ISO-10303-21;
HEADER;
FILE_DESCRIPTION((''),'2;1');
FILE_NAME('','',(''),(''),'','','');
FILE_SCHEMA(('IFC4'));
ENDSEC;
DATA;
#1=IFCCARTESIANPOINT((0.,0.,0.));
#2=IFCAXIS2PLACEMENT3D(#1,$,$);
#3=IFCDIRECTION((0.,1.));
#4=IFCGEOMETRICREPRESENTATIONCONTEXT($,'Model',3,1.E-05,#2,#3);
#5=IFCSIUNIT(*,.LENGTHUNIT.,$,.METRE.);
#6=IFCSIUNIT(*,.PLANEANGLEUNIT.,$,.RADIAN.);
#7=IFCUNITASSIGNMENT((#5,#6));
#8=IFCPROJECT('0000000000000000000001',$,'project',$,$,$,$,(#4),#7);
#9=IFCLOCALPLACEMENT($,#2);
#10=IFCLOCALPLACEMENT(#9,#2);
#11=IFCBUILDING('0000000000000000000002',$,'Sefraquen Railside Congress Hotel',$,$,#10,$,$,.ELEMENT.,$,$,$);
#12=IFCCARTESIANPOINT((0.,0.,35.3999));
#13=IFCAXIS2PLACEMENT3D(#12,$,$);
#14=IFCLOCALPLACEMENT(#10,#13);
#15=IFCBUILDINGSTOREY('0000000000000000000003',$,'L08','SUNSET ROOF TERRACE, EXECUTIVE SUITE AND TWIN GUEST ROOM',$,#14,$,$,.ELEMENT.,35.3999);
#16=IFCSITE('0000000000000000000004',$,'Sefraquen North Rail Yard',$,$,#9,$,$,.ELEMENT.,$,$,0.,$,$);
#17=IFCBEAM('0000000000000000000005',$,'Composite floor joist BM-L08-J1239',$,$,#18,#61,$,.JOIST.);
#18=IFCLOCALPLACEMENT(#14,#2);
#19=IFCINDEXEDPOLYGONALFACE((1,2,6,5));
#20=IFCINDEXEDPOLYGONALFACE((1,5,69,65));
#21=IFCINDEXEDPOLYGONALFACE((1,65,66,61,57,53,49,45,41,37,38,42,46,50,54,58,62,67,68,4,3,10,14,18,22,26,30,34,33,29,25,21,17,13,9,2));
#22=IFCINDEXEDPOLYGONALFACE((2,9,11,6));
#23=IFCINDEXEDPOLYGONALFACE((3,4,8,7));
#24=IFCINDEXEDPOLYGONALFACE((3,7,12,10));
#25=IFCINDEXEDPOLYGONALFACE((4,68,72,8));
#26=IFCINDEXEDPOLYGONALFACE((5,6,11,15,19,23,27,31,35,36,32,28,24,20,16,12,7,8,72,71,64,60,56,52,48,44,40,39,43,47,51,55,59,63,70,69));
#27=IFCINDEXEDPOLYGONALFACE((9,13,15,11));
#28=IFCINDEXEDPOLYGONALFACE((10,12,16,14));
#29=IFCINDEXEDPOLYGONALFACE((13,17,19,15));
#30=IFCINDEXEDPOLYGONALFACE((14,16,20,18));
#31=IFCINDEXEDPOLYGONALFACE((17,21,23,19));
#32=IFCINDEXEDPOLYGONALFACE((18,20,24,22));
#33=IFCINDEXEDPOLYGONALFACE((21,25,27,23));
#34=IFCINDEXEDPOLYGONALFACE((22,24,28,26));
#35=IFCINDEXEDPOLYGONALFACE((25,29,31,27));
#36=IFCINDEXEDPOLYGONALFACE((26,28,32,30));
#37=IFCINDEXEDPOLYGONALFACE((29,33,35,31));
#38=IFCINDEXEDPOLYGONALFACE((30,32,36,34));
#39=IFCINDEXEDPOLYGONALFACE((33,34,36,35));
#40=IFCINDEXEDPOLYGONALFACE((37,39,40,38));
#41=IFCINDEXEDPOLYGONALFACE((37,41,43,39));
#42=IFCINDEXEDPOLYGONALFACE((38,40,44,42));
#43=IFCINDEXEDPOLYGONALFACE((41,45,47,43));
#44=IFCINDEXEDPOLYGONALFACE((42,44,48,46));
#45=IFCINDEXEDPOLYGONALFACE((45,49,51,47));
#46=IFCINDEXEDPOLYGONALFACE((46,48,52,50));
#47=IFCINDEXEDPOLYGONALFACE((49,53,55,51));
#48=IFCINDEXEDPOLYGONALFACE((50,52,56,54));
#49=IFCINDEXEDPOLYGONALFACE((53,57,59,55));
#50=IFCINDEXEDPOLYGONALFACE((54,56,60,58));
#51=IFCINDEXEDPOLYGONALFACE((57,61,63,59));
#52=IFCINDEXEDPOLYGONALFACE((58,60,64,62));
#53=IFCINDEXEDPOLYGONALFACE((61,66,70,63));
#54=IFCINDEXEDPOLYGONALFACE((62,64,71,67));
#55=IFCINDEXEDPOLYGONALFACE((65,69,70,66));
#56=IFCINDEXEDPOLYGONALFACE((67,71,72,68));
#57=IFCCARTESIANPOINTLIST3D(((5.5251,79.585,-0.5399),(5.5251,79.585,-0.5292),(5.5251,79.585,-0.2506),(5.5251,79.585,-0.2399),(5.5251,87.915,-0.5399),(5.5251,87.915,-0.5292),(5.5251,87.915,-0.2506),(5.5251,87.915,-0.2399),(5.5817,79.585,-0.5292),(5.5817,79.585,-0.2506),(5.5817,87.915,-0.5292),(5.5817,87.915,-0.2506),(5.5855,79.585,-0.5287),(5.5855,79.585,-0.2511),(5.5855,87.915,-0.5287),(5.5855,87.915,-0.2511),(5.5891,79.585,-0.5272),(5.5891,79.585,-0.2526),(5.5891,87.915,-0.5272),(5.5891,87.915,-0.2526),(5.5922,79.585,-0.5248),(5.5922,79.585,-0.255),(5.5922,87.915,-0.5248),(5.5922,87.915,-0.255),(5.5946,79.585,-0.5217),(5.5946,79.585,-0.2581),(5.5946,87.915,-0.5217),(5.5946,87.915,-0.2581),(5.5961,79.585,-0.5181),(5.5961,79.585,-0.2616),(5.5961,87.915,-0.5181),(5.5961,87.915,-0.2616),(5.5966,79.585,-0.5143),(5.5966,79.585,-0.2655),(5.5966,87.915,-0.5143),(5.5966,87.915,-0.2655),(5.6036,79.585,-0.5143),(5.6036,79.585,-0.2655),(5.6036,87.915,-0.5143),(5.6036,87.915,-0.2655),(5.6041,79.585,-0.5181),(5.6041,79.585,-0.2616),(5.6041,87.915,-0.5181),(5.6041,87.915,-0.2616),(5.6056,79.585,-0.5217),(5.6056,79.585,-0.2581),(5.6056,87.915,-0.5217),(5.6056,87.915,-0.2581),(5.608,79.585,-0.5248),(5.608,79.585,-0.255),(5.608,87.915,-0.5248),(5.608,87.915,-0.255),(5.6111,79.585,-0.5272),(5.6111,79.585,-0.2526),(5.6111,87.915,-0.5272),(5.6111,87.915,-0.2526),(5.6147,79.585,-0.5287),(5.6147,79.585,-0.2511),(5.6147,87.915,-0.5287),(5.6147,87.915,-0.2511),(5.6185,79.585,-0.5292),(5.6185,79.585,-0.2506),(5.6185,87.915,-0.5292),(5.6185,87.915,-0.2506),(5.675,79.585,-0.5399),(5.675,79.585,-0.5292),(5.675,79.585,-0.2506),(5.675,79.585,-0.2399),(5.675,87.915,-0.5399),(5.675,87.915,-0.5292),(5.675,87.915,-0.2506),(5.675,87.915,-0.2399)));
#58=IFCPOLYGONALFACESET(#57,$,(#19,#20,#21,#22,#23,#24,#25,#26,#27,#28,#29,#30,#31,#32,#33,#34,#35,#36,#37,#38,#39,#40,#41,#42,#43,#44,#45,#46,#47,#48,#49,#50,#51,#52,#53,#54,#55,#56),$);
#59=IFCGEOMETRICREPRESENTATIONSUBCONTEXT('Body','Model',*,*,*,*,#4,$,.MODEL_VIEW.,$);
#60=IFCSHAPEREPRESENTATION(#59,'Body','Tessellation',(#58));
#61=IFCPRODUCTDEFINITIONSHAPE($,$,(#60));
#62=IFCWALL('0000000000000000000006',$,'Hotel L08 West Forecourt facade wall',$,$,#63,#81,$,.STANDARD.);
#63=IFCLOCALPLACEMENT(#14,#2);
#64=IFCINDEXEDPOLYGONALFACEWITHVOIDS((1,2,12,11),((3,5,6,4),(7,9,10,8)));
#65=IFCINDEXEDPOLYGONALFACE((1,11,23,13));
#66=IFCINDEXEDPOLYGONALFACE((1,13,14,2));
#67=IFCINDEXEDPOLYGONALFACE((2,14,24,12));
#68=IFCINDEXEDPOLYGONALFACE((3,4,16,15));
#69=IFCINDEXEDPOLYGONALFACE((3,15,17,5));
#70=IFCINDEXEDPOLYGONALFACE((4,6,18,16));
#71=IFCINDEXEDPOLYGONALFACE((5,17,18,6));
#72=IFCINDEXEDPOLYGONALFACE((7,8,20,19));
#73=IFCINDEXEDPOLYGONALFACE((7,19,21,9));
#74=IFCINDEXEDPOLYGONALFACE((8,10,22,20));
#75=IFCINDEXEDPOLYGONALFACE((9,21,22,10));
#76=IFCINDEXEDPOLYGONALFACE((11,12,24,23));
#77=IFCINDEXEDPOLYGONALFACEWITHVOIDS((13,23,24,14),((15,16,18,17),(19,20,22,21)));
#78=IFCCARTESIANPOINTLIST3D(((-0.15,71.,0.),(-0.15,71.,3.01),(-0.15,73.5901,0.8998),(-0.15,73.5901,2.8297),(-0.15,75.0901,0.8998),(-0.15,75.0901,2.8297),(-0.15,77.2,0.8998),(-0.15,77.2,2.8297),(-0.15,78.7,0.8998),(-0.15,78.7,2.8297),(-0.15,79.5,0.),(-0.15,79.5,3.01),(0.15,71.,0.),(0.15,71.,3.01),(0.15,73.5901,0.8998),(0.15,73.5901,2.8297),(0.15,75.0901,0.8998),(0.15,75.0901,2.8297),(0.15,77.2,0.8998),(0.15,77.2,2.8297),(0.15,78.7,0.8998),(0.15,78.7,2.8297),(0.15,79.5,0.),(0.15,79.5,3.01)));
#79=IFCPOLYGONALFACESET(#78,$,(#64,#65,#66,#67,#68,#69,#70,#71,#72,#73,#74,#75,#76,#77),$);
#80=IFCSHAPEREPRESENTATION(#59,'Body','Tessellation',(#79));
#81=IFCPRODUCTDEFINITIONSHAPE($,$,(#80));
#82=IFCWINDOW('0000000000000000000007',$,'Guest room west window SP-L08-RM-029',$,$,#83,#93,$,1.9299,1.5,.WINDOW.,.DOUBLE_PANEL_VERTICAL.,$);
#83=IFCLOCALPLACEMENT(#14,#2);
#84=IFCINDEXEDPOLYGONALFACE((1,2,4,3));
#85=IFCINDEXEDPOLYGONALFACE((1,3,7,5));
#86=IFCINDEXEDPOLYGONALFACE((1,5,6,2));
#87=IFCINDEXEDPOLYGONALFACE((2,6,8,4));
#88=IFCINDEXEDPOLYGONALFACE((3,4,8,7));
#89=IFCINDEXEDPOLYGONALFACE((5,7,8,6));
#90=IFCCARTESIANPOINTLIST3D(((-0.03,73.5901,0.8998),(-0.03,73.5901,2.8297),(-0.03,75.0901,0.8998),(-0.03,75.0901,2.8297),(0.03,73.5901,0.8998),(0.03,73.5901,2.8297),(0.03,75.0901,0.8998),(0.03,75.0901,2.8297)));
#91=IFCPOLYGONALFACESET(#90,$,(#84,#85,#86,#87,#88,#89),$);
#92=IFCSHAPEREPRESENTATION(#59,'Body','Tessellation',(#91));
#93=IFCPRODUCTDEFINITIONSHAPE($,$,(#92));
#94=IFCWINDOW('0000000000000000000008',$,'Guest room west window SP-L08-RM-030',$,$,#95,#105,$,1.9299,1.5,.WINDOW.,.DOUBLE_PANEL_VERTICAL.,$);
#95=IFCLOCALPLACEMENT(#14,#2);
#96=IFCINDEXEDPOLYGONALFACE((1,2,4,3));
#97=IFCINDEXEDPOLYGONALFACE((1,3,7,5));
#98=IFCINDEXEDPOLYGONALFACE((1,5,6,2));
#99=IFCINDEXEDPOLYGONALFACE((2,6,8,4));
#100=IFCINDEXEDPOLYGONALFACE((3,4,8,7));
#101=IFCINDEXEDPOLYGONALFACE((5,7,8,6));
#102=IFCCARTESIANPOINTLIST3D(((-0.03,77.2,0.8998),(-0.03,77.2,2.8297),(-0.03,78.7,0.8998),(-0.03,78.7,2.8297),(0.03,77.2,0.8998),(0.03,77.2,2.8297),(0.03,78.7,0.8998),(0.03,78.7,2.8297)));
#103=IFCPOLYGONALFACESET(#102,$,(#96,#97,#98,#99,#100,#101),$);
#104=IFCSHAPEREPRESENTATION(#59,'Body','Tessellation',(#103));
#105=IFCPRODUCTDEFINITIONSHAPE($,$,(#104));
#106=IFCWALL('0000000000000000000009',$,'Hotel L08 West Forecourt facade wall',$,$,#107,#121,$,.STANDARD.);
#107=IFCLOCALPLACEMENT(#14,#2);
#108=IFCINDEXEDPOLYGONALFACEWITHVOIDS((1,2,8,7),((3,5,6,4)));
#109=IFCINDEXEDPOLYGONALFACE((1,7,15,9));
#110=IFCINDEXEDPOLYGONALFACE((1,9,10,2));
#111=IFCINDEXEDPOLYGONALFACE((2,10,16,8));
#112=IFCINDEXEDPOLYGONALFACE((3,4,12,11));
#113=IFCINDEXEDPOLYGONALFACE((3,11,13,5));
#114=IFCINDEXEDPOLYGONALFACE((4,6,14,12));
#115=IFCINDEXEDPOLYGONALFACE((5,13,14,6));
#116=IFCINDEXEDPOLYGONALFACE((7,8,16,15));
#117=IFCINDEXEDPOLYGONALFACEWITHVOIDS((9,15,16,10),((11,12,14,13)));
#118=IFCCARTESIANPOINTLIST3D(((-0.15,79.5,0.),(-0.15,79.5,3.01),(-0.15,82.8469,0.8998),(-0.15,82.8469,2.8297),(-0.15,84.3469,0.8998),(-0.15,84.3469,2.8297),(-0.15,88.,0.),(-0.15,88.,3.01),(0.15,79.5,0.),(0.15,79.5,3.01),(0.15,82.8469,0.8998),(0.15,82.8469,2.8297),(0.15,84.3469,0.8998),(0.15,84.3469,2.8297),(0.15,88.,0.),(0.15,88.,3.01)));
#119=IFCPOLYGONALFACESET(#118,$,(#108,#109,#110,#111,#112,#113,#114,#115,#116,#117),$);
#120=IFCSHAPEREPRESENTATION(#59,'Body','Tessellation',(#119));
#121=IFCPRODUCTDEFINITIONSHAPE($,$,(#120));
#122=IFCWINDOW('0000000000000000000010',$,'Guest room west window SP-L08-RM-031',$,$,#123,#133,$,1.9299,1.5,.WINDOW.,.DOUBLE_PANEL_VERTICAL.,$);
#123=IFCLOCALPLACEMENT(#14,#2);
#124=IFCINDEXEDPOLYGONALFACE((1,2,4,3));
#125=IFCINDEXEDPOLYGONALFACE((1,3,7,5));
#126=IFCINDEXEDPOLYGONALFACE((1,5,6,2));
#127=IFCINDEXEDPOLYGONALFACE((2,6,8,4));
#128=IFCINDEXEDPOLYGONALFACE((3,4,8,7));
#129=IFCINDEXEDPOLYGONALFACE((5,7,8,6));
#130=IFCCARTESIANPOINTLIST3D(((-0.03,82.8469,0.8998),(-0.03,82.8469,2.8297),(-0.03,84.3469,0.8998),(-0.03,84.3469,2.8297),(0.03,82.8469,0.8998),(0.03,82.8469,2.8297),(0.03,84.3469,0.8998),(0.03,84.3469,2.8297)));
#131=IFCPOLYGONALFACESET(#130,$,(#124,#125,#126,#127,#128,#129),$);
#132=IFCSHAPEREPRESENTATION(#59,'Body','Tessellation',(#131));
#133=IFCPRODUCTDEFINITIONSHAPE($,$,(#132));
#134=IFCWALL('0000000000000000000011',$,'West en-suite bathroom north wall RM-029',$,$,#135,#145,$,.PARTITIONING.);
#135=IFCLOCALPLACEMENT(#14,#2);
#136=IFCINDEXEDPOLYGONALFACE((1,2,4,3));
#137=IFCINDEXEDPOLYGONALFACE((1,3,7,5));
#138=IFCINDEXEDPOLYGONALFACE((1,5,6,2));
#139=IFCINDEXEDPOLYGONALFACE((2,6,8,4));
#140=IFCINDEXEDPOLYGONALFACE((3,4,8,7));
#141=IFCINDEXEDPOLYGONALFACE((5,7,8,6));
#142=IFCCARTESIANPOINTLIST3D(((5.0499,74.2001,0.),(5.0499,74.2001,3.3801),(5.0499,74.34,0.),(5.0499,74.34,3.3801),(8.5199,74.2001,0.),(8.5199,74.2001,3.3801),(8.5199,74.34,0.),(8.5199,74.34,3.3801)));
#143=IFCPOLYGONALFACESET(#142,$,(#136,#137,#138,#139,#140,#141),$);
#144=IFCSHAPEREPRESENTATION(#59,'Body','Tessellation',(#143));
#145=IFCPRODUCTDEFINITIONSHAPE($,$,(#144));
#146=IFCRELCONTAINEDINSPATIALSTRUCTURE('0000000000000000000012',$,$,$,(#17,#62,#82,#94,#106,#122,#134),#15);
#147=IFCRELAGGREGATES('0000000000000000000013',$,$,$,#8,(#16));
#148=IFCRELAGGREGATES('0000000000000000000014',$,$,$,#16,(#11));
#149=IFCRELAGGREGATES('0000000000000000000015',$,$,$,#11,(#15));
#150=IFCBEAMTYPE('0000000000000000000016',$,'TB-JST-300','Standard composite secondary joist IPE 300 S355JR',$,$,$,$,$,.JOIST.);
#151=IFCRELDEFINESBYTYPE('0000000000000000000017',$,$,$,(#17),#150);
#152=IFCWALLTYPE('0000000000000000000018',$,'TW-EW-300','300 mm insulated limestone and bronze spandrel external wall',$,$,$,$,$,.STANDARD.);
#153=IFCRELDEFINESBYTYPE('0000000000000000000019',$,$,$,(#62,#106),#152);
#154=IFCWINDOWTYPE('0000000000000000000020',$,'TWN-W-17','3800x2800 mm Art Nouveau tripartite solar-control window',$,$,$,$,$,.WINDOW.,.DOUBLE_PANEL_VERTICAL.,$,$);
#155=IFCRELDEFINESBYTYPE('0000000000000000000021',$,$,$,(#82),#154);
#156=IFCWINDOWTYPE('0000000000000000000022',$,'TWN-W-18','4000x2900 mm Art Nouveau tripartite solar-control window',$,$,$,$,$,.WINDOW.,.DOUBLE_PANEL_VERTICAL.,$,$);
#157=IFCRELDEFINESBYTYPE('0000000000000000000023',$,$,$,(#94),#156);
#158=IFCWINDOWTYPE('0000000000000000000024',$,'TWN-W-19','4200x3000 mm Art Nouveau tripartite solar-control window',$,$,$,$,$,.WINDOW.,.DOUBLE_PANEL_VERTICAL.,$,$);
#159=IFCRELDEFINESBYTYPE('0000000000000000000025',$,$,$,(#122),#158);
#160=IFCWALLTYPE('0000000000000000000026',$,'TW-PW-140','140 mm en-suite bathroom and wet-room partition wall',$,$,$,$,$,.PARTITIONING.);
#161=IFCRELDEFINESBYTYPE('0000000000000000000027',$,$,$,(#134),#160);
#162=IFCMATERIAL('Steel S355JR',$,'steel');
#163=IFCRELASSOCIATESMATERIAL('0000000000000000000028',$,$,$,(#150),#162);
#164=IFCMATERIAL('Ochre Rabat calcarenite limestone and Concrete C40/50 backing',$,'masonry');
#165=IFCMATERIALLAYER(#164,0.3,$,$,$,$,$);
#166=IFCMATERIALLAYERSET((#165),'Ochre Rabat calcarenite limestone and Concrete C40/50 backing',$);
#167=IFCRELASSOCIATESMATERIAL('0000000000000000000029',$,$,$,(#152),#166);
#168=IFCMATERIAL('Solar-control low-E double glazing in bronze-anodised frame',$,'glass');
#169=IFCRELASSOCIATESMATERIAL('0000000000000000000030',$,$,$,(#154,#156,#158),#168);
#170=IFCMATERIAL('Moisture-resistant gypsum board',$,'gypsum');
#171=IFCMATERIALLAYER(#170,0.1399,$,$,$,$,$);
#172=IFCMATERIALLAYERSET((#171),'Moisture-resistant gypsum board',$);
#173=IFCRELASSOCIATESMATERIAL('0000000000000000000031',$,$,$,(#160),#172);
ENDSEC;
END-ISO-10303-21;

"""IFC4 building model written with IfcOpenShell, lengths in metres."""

from ifc_helpers import new_model, si_unit, direction, frame, frame_2d, origin, origin_2d, place, context, subcontext, project, spatial, rectangle, i_section, extrude, material, layer, layer_set, material_profile, profile_set, type_object, element, fill, save


model = new_model("IFC4")

# Units and contexts
model_context = context("Model", 3, precision=1e-05, world=origin(), true_north=direction((0.0, 1.0)))
body_context = subcontext(model_context, "Body", "Model", "MODEL_VIEW")
ifc_project = project(units=[si_unit("LENGTHUNIT", "METRE"), si_unit("PLANEANGLEUNIT", "RADIAN")], contexts=[model_context])

# Site, building, storey
site_placement = place(None, origin())
site = spatial("IfcSite", under=ifc_project, at=site_placement, Name="Sefraquen North Rail Yard", CompositionType="ELEMENT", RefElevation=0.0)
building_placement = place(site_placement, origin())
building = spatial("IfcBuilding", under=site, at=building_placement, Name="Sefraquen Railside Congress Hotel", CompositionType="ELEMENT")
storey_placement = place(building_placement, frame((0.0, 0.0, 35.3999)))
storey = spatial("IfcBuildingStorey", under=building, at=storey_placement, Name="L08", Description="SUNSET ROOF TERRACE, EXECUTIVE SUITE AND TWIN GUEST ROOM", CompositionType="ELEMENT", Elevation=35.3999)

# Shared definitions
ifc_material_1 = material(Name="Steel S355JR", Category="steel")

# Beam
ifc_material_profile_1 = material_profile(ifc_material_1, i_section(OverallWidth=0.1499, OverallDepth=0.3, WebThickness=0.0071, FlangeThickness=0.0107, FilletRadius=0.0149, at=origin_2d()), Name="IPE 300")
ifc_profile_set_1 = profile_set([ifc_material_profile_1], Name="Steel S355JR")
beam_type_1 = type_object("IfcBeamType", Name="TB-JST-300", Description="Standard composite secondary joist IPE 300 S355JR", PredefinedType="JOIST", material=ifc_profile_set_1)
for number, where, z_axis, x_axis, name in (
    (1, (5.6001, 79.585, -0.3899), (0.0, 1.0, 0.0), (-1.0, 0.0, 0.0), "Composite floor joist BM-L08-J1239"),
):
    element("IfcBeam", number, at=place(storey_placement, frame(where, z_axis=z_axis, x_axis=x_axis)), inside=storey, type_object=beam_type_1, Name=name, PredefinedType="JOIST", context=body_context, shape_type="SweptSolid", body=[
        extrude(i_section(OverallWidth=0.1499, OverallDepth=0.3, WebThickness=0.0071, FlangeThickness=0.0107, FilletRadius=0.0149, at=origin_2d()), origin(), (0.0, 0.0, 1.0), 8.3301),
    ])

# Wall, openings, windows
ifc_material_2 = material(Name="Ochre Rabat calcarenite limestone and Concrete C40/50 backing", Category="masonry")
ifc_layer_1 = layer(ifc_material_2, 0.3)
ifc_layer_set_1 = layer_set([ifc_layer_1], Name="Ochre Rabat calcarenite limestone and Concrete C40/50 backing")
wall_type_1 = type_object("IfcWallType", Name="TW-EW-300", Description="300 mm insulated limestone and bronze spandrel external wall", PredefinedType="STANDARD", material=ifc_layer_set_1)
wall_1_placement = place(storey_placement, frame((0.0, 71.0, 0.0), z_axis=(0.0, 0.0, 1.0), x_axis=(0.0, 1.0, 0.0)))
wall_1 = element("IfcWall", 2, at=wall_1_placement, inside=storey, type_object=wall_type_1, Name="Hotel L08 West Forecourt facade wall", PredefinedType="STANDARD", context=body_context, shape_type="SweptSolid", body=[
    extrude(rectangle(XDim=8.5, YDim=0.3, at=frame_2d((4.25, 0.0))), origin(), (0.0, 0.0, 1.0), 3.01),
])
opening_1_placement = place(wall_1_placement, frame((2.5901, 0.0, 0.8999)))
opening_1 = element("IfcOpeningElement", 3, at=opening_1_placement, cuts=wall_1, PredefinedType="OPENING", context=body_context, shape_type="SweptSolid", body=[
    extrude(rectangle(XDim=1.5, YDim=1.9299, at=frame_2d((0.75, 0.9648))), frame((0.0, 0.1599, 0.0), z_axis=(0.0, -1.0, 0.0), x_axis=(1.0, 0.0, 0.0)), (0.0, 0.0, 1.0), 0.3201),
])
opening_2_placement = place(wall_1_placement, frame((6.2, 0.0, 0.8999)))
opening_2 = element("IfcOpeningElement", 4, at=opening_2_placement, cuts=wall_1, PredefinedType="OPENING", context=body_context, shape_type="SweptSolid", body=[
    extrude(rectangle(XDim=1.5, YDim=1.9299, at=frame_2d((0.75, 0.9648))), frame((0.0, 0.1599, 0.0), z_axis=(0.0, -1.0, 0.0), x_axis=(1.0, 0.0, 0.0)), (0.0, 0.0, 1.0), 0.3201),
])
ifc_material_3 = material(Name="Solar-control low-E double glazing in bronze-anodised frame", Category="glass")
window_type_1 = type_object("IfcWindowType", Name="TWN-W-17", Description="3800x2800 mm Art Nouveau tripartite solar-control window", PartitioningType="DOUBLE_PANEL_VERTICAL", PredefinedType="WINDOW", material=ifc_material_3)
window_1_placement = place(opening_1_placement, origin())
window_1 = element("IfcWindow", 5, at=window_1_placement, inside=storey, type_object=window_type_1, Name="Guest room west window SP-L08-RM-029", OverallHeight=1.9299, OverallWidth=1.5, PartitioningType="DOUBLE_PANEL_VERTICAL", PredefinedType="WINDOW", context=body_context, shape_type="SweptSolid", body=[
    extrude(rectangle(XDim=1.5, YDim=1.9299, at=frame_2d((0.75, 0.9648))), frame((0.0, 0.03, 0.0), z_axis=(0.0, -1.0, 0.0), x_axis=(1.0, 0.0, 0.0)), (0.0, 0.0, 1.0), 0.0601),
])
fill(opening_1, window_1)
window_type_2 = type_object("IfcWindowType", Name="TWN-W-18", Description="4000x2900 mm Art Nouveau tripartite solar-control window", PartitioningType="DOUBLE_PANEL_VERTICAL", PredefinedType="WINDOW", material=ifc_material_3)
window_2_placement = place(opening_2_placement, origin())
window_2 = element("IfcWindow", 6, at=window_2_placement, inside=storey, type_object=window_type_2, Name="Guest room west window SP-L08-RM-030", OverallHeight=1.9299, OverallWidth=1.5, PartitioningType="DOUBLE_PANEL_VERTICAL", PredefinedType="WINDOW", context=body_context, shape_type="SweptSolid", body=[
    extrude(rectangle(XDim=1.5, YDim=1.9299, at=frame_2d((0.75, 0.9648))), frame((0.0, 0.03, 0.0), z_axis=(0.0, -1.0, 0.0), x_axis=(1.0, 0.0, 0.0)), (0.0, 0.0, 1.0), 0.0601),
])
fill(opening_2, window_2)

# Wall, opening, window
wall_2_placement = place(storey_placement, frame((0.0, 79.5, 0.0), z_axis=(0.0, 0.0, 1.0), x_axis=(0.0, 1.0, 0.0)))
wall_2 = element("IfcWall", 7, at=wall_2_placement, inside=storey, type_object=wall_type_1, Name="Hotel L08 West Forecourt facade wall", PredefinedType="STANDARD", context=body_context, shape_type="SweptSolid", body=[
    extrude(rectangle(XDim=8.5, YDim=0.3, at=frame_2d((4.25, 0.0))), origin(), (0.0, 0.0, 1.0), 3.01),
])
opening_3_placement = place(wall_2_placement, frame((3.3469, 0.0, 0.8999)))
opening_3 = element("IfcOpeningElement", 8, at=opening_3_placement, cuts=wall_2, PredefinedType="OPENING", context=body_context, shape_type="SweptSolid", body=[
    extrude(rectangle(XDim=1.5, YDim=1.9299, at=frame_2d((0.75, 0.9648))), frame((0.0, 0.1599, 0.0), z_axis=(0.0, -1.0, 0.0), x_axis=(1.0, 0.0, 0.0)), (0.0, 0.0, 1.0), 0.3201),
])
window_type_3 = type_object("IfcWindowType", Name="TWN-W-19", Description="4200x3000 mm Art Nouveau tripartite solar-control window", PartitioningType="DOUBLE_PANEL_VERTICAL", PredefinedType="WINDOW", material=ifc_material_3)
window_3_placement = place(opening_3_placement, origin())
window_3 = element("IfcWindow", 9, at=window_3_placement, inside=storey, type_object=window_type_3, Name="Guest room west window SP-L08-RM-031", OverallHeight=1.9299, OverallWidth=1.5, PartitioningType="DOUBLE_PANEL_VERTICAL", PredefinedType="WINDOW", context=body_context, shape_type="SweptSolid", body=[
    extrude(rectangle(XDim=1.5, YDim=1.9299, at=frame_2d((0.75, 0.9648))), frame((0.0, 0.03, 0.0), z_axis=(0.0, -1.0, 0.0), x_axis=(1.0, 0.0, 0.0)), (0.0, 0.0, 1.0), 0.0601),
])
fill(opening_3, window_3)

# Wall
ifc_material_4 = material(Name="Moisture-resistant gypsum board", Category="gypsum")
ifc_layer_2 = layer(ifc_material_4, 0.1399)
ifc_layer_set_2 = layer_set([ifc_layer_2], Name="Moisture-resistant gypsum board")
wall_type_2 = type_object("IfcWallType", Name="TW-PW-140", Description="140 mm en-suite bathroom and wet-room partition wall", PredefinedType="PARTITIONING", material=ifc_layer_set_2)
wall_3_placement = place(storey_placement, frame((5.05, 74.27, 0.0), z_axis=(0.0, 0.0, 1.0), x_axis=(1.0, 0.0, 0.0)))
element("IfcWall", 10, at=wall_3_placement, inside=storey, type_object=wall_type_2, Name="West en-suite bathroom north wall RM-029", PredefinedType="PARTITIONING", context=body_context, shape_type="SweptSolid", body=[
    extrude(rectangle(XDim=3.47, YDim=0.1399, at=frame_2d((1.7349, 0.0))), origin(), (0.0, 0.0, 1.0), 3.3801),
])

save(model, "model.ifc")
